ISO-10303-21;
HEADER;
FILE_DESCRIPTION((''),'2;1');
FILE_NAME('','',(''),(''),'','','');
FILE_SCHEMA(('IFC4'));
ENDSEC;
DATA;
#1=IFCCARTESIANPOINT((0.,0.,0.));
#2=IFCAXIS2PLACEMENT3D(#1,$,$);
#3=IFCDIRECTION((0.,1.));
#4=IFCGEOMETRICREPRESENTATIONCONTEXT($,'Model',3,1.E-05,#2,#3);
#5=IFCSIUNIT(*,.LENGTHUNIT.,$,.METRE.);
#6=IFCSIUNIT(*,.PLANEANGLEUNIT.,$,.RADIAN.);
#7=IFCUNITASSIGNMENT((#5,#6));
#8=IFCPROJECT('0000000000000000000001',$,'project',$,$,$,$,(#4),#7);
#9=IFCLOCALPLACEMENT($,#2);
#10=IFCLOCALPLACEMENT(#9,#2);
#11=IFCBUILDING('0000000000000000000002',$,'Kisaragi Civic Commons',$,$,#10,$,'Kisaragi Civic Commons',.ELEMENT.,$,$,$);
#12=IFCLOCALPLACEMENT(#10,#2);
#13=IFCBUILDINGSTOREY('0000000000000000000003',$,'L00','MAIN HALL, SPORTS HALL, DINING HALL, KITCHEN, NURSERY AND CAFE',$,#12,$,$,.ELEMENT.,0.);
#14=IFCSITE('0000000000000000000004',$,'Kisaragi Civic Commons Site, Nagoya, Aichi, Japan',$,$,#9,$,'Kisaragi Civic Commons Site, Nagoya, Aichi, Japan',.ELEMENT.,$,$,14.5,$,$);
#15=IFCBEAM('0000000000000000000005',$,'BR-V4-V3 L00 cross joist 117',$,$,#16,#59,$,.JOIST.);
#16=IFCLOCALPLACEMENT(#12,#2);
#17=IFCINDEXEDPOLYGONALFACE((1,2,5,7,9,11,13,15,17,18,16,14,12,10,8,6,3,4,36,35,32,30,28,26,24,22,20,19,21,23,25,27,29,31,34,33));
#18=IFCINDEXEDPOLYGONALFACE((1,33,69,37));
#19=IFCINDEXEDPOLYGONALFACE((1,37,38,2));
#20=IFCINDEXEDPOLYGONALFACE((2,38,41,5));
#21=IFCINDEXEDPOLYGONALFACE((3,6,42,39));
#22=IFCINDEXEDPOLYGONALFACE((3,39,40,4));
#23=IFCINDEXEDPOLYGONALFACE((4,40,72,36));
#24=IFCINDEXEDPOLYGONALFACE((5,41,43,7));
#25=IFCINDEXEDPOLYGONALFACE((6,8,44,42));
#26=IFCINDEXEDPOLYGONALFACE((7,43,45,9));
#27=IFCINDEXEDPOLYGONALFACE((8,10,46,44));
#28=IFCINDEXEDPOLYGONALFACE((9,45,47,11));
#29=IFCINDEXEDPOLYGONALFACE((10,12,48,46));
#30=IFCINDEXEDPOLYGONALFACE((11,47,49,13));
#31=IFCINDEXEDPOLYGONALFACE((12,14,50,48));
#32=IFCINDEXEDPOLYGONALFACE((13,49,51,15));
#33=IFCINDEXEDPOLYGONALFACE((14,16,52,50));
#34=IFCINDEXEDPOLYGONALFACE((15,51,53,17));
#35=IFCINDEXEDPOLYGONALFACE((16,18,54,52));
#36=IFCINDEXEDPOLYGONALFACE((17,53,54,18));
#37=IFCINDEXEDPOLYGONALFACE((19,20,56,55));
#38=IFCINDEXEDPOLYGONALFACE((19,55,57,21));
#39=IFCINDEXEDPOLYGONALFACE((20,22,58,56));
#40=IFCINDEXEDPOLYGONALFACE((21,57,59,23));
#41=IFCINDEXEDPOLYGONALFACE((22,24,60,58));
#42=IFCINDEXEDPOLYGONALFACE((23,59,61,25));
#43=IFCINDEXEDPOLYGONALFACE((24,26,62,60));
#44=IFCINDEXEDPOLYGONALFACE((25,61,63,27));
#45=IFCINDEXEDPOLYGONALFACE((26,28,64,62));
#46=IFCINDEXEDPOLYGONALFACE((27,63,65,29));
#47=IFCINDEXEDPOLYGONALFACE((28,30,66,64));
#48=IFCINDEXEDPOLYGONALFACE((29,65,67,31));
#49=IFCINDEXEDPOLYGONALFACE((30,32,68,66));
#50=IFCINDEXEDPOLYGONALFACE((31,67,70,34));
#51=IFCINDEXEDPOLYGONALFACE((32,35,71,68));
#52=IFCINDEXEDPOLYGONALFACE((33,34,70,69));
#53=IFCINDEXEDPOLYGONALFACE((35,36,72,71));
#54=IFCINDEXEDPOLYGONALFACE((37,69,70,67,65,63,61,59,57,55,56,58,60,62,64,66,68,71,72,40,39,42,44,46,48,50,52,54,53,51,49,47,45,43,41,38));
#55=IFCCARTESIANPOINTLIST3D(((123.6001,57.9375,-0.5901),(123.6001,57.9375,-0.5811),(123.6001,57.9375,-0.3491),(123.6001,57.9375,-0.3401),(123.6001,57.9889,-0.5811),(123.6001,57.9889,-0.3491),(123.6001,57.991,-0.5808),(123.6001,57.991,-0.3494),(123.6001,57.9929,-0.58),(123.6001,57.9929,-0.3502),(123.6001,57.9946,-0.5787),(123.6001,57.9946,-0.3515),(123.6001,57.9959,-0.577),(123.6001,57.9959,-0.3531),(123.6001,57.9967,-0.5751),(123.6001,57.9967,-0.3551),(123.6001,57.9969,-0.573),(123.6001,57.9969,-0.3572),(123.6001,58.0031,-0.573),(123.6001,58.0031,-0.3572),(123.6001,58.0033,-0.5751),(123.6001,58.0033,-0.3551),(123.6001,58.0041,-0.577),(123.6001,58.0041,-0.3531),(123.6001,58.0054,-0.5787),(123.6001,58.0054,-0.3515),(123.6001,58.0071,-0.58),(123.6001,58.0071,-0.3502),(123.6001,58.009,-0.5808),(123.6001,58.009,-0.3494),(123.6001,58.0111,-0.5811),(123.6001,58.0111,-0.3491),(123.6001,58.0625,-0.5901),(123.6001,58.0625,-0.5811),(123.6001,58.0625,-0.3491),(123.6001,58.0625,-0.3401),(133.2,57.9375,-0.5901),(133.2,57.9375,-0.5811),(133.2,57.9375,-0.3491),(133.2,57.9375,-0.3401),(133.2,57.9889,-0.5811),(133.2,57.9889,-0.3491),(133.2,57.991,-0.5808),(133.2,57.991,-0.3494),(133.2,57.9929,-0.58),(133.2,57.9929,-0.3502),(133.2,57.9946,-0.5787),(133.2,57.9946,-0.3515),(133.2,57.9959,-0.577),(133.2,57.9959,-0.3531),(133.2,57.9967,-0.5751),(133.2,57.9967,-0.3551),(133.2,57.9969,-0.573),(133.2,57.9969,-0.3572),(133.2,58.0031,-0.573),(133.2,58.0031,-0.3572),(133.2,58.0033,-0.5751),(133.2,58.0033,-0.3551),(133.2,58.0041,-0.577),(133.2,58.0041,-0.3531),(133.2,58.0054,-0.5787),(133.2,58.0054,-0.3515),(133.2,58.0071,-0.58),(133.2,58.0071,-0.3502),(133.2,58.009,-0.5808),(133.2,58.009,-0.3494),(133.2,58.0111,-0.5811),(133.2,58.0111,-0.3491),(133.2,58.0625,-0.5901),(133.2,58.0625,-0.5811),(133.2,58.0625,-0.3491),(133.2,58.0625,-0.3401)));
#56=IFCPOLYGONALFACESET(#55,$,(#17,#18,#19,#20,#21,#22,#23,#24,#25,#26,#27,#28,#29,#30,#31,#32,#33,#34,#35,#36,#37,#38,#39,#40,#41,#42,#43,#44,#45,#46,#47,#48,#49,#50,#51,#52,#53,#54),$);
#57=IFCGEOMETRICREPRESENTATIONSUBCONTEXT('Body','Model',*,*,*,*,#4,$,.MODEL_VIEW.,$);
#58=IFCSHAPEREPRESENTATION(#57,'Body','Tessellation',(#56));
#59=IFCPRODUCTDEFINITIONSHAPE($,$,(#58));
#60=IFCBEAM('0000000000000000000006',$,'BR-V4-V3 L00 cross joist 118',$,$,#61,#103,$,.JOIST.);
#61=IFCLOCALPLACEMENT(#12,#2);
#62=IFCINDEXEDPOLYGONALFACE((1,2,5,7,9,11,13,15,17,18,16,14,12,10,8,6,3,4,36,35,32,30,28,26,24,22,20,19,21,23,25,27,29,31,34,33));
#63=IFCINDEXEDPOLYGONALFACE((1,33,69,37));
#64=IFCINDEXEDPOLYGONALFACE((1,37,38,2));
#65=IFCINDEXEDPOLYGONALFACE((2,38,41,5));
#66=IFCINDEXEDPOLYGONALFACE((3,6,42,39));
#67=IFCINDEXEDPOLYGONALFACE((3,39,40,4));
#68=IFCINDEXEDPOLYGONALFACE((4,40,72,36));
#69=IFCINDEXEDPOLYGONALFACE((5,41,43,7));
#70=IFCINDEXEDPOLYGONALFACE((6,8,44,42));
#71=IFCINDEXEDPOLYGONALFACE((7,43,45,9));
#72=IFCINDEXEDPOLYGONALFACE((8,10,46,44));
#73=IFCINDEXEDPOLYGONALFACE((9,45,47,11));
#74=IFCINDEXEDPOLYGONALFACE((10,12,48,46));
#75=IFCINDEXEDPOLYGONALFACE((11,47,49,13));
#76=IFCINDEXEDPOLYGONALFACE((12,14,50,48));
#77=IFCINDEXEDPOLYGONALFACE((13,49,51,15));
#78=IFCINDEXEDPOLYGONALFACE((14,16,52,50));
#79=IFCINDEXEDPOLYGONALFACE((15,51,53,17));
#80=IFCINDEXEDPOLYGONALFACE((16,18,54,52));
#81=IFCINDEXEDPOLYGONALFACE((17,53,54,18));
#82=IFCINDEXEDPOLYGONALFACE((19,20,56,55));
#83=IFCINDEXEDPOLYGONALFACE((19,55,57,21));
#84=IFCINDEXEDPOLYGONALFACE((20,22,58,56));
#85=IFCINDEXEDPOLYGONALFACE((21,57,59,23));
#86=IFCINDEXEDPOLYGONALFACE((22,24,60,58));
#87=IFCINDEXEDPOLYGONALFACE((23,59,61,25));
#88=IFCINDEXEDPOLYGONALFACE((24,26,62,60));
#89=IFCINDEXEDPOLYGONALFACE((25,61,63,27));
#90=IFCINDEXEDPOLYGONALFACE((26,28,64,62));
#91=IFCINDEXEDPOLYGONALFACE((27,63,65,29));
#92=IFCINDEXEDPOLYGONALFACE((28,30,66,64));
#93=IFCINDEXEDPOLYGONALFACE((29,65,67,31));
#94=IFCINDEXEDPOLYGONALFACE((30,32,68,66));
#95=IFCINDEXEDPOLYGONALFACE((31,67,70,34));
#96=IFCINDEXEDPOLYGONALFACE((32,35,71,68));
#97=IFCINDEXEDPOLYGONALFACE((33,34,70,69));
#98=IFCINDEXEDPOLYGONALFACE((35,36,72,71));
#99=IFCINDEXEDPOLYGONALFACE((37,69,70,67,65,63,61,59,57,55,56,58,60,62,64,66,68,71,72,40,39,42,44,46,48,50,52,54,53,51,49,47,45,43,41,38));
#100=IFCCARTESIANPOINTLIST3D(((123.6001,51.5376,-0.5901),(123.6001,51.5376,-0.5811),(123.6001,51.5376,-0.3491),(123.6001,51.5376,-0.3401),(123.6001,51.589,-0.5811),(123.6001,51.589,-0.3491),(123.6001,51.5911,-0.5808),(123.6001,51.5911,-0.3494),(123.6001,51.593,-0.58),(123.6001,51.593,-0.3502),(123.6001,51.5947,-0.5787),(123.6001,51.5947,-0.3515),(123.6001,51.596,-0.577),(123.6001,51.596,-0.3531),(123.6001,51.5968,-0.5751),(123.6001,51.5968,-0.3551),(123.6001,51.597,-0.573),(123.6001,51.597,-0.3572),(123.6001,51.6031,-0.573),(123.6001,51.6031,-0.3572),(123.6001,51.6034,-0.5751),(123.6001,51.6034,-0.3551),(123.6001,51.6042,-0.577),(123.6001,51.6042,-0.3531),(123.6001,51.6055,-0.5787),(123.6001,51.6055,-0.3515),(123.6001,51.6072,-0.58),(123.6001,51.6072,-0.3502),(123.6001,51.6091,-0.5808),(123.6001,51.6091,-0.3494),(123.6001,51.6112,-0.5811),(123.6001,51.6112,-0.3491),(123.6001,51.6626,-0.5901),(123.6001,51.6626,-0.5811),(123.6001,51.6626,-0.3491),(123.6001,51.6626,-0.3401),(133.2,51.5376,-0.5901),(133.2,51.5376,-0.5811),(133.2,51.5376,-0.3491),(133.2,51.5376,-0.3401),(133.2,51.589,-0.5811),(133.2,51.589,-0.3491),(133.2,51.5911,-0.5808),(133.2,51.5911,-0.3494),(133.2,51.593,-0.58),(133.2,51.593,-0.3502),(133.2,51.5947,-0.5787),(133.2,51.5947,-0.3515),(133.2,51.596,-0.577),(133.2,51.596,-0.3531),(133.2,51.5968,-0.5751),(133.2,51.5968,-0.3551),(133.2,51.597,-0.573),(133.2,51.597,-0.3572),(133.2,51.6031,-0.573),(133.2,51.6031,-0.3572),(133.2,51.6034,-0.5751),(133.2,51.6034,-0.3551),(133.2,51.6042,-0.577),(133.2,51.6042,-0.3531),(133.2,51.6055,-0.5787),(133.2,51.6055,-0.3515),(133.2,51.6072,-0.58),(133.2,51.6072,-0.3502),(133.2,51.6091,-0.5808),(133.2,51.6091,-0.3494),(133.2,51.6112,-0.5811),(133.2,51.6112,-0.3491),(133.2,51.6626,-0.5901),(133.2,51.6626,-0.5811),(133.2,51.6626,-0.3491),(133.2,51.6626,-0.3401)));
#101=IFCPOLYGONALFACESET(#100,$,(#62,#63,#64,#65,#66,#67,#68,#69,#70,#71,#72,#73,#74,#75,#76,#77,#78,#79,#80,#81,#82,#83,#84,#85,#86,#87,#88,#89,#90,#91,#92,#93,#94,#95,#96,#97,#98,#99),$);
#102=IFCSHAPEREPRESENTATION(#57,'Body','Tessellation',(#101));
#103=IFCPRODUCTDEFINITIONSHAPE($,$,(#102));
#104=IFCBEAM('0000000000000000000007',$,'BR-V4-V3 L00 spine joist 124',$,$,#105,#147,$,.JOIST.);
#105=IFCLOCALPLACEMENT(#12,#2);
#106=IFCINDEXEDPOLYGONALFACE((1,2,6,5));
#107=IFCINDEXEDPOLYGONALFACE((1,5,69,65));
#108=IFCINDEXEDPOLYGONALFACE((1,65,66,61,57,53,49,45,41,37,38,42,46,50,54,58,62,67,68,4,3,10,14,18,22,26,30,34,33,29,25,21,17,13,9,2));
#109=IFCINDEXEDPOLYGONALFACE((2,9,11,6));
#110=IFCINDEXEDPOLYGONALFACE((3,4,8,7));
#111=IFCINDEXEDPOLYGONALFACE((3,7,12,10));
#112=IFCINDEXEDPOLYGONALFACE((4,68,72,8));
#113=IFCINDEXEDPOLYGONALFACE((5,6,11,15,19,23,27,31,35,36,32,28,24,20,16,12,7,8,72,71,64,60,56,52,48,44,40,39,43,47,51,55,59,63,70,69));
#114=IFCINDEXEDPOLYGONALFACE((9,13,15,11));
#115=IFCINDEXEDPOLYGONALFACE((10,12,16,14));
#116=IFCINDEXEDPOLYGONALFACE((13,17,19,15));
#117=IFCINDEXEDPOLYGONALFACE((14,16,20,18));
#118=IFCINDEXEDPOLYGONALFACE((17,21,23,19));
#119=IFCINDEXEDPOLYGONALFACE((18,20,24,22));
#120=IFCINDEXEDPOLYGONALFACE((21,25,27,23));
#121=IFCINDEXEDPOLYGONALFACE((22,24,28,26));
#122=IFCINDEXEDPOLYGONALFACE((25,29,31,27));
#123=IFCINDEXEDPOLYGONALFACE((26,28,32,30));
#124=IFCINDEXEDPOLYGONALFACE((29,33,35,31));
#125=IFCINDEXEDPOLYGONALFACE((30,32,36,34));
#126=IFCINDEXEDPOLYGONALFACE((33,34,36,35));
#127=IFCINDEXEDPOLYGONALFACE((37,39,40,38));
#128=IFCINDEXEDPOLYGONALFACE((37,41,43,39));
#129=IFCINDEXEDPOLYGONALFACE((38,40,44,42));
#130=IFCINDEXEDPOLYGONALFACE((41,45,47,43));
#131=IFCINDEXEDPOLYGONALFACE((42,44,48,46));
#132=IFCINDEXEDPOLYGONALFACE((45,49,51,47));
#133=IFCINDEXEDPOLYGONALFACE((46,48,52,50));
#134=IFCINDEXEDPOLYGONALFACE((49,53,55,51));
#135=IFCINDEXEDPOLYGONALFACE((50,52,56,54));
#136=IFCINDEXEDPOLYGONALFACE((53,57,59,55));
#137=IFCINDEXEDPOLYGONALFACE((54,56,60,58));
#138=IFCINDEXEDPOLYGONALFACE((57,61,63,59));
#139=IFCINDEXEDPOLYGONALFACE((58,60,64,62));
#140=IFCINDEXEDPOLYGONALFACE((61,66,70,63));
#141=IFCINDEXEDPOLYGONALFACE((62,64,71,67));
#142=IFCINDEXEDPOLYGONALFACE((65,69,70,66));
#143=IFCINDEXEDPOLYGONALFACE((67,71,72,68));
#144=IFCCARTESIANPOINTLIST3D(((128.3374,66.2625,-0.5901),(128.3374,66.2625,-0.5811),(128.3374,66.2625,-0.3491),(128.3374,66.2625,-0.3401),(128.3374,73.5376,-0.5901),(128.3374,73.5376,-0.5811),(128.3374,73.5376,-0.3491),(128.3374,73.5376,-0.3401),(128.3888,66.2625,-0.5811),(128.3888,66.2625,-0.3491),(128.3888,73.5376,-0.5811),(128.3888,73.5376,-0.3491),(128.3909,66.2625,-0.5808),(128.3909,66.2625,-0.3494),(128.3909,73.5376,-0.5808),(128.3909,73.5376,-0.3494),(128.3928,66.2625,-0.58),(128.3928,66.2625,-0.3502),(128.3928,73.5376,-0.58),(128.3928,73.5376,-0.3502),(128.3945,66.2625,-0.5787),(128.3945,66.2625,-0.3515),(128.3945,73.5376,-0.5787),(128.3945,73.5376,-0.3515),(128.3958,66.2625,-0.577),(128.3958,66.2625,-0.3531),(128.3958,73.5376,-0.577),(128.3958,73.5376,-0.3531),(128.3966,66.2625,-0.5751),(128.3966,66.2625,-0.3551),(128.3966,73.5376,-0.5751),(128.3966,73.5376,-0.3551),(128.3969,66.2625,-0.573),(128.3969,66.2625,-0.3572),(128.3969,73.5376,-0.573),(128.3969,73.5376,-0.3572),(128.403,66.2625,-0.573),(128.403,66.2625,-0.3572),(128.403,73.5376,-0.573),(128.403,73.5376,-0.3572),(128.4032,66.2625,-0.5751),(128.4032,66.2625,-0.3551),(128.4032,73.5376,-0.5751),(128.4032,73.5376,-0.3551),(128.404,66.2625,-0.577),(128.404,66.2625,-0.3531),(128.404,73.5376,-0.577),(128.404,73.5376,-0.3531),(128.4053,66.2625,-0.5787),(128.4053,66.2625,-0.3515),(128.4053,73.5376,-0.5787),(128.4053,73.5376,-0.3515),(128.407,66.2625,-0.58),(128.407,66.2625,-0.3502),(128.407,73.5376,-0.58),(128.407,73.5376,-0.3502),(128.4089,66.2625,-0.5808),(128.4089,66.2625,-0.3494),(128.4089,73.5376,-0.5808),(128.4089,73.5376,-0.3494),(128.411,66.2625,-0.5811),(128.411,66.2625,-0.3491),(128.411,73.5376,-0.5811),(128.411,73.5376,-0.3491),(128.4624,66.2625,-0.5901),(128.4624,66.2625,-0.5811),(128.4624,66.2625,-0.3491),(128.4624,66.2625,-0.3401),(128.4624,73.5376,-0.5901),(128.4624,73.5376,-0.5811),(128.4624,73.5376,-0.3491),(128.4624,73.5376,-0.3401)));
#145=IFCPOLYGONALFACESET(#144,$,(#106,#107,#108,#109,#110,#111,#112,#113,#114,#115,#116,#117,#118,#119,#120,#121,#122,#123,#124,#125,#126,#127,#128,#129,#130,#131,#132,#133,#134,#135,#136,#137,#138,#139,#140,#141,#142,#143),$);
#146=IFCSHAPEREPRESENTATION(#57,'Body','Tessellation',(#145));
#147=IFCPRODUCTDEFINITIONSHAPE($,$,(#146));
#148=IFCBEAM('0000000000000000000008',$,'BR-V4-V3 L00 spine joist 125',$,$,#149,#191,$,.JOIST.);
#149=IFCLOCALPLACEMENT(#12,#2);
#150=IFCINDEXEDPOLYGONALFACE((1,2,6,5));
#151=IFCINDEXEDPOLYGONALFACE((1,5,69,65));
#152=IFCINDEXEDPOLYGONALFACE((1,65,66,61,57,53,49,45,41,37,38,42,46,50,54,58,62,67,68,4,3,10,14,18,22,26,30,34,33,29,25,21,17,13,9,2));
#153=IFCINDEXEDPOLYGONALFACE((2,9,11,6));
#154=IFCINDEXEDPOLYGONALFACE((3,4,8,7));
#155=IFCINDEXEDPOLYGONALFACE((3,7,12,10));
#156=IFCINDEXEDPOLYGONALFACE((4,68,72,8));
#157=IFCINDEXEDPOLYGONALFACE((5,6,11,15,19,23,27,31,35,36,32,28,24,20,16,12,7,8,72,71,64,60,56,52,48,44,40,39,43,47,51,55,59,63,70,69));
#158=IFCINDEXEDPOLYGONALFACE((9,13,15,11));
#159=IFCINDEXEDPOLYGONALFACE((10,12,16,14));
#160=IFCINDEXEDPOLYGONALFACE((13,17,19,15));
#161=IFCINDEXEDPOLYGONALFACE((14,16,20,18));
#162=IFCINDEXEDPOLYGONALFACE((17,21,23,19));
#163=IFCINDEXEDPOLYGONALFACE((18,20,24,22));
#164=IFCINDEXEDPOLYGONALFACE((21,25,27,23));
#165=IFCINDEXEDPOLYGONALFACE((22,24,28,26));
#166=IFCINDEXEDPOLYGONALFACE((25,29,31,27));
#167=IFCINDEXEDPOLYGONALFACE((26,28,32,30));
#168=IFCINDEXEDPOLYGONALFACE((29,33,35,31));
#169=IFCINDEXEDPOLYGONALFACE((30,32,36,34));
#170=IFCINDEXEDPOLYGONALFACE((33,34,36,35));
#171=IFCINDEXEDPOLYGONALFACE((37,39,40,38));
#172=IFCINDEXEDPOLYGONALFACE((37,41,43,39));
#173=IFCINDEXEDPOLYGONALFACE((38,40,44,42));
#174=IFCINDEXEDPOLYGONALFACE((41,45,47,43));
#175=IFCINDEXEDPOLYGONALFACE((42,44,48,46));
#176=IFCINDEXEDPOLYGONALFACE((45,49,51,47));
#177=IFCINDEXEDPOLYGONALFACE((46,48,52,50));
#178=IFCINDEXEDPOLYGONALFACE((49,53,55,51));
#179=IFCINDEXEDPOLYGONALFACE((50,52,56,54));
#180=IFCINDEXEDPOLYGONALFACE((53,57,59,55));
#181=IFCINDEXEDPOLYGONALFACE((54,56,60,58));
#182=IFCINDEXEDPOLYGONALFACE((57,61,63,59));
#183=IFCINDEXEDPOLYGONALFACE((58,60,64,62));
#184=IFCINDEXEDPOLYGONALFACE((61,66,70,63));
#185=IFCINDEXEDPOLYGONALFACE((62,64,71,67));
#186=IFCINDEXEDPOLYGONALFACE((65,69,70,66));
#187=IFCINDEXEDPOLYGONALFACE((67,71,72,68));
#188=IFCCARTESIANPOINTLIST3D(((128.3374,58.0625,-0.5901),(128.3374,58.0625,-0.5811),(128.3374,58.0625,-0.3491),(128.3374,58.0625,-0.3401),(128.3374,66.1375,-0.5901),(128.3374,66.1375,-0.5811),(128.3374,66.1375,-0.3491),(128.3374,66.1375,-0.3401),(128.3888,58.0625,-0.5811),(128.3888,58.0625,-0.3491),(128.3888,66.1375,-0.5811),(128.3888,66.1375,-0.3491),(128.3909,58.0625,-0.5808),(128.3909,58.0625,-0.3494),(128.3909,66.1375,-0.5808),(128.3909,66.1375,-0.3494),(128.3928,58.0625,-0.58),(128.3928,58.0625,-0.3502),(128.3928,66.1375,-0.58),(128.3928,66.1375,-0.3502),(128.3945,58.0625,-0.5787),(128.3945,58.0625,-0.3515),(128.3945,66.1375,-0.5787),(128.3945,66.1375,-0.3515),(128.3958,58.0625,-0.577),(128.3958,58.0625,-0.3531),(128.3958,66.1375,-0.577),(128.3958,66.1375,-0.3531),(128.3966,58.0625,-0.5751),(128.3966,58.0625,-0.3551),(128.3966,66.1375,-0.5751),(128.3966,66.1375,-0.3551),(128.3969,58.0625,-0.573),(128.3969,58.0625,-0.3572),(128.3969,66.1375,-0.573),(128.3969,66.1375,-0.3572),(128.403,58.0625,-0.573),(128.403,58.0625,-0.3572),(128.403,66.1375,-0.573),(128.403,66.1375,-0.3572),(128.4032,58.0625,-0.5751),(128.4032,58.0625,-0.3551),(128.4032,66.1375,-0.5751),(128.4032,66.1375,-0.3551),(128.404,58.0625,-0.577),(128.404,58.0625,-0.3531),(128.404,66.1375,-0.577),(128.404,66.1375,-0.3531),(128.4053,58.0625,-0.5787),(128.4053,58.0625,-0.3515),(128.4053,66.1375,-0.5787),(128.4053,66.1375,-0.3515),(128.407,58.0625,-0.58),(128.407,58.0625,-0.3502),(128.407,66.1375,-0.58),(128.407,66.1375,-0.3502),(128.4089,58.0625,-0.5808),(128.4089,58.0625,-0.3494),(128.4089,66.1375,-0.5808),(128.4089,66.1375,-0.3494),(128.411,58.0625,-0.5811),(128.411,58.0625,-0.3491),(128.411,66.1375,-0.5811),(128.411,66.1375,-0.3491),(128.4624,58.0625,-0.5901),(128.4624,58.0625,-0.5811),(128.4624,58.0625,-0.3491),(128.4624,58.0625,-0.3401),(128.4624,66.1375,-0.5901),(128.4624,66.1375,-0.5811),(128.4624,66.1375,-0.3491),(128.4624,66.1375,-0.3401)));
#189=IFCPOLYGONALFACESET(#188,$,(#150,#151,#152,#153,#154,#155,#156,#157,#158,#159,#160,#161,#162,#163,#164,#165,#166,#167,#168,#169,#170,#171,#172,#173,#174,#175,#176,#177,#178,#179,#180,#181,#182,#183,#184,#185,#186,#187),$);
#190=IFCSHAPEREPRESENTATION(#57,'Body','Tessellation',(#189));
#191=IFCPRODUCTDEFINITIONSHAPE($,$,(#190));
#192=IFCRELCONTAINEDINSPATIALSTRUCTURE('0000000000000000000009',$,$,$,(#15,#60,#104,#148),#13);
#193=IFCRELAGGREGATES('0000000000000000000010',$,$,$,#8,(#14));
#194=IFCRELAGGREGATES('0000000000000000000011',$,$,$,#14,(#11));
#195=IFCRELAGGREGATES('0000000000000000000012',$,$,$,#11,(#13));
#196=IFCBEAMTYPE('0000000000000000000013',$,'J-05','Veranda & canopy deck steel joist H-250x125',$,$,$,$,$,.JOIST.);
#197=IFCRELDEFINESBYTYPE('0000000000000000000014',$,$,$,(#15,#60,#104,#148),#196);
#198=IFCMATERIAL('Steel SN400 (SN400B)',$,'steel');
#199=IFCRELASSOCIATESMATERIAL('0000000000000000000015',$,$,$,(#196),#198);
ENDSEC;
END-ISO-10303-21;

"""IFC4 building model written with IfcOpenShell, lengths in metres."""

from ifc_helpers import new_model, si_unit, direction, frame, origin, origin_2d, place, context, subcontext, project, spatial, i_section, extrude, material, material_profile, profile_set, type_object, element, save


model = new_model("IFC4")

# Units and contexts
model_context = context("Model", 3, precision=1e-05, world=origin(), true_north=direction((0.0, 1.0)))
body_context = subcontext(model_context, "Body", "Model", "MODEL_VIEW")
ifc_project = project(units=[si_unit("LENGTHUNIT", "METRE"), si_unit("PLANEANGLEUNIT", "RADIAN")], contexts=[model_context])

# Site, building, storey
site_placement = place(None, origin())
site = spatial("IfcSite", under=ifc_project, at=site_placement, Name="Kisaragi Civic Commons Site, Nagoya, Aichi, Japan", LongName="Kisaragi Civic Commons Site, Nagoya, Aichi, Japan", CompositionType="ELEMENT", RefElevation=14.5)
building_placement = place(site_placement, origin())
building = spatial("IfcBuilding", under=site, at=building_placement, Name="Kisaragi Civic Commons", LongName="Kisaragi Civic Commons", CompositionType="ELEMENT")
storey_placement = place(building_placement, origin())
storey = spatial("IfcBuildingStorey", under=building, at=storey_placement, Name="L00", Description="MAIN HALL, SPORTS HALL, DINING HALL, KITCHEN, NURSERY AND CAFE", CompositionType="ELEMENT", Elevation=0.0)

# Beams
ifc_material_1 = material(Name="Steel SN400 (SN400B)", Category="steel")
ifc_material_profile_1 = material_profile(ifc_material_1, i_section(OverallWidth=0.125, OverallDepth=0.25, WebThickness=0.0061, FlangeThickness=0.009, FilletRadius=0.0081, at=origin_2d()), Name="H-250x125x6x9", Category="steel")
ifc_profile_set_1 = profile_set([ifc_material_profile_1], Name="Steel SN400 (SN400B)")
beam_type_1 = type_object("IfcBeamType", Name="J-05", Description="Veranda & canopy deck steel joist H-250x125", PredefinedType="JOIST", material=ifc_profile_set_1)
for number, where, z_axis, x_axis, name in (
    (1, (123.6001, 58.0, -0.4651), (1.0, 0.0, 0.0), (0.0, 1.0, 0.0), "BR-V4-V3 L00 cross joist 117"),
    (2, (123.6001, 51.6001, -0.4651), (1.0, 0.0, 0.0), (0.0, 1.0, 0.0), "BR-V4-V3 L00 cross joist 118"),
):
    element("IfcBeam", number, at=place(storey_placement, frame(where, z_axis=z_axis, x_axis=x_axis)), inside=storey, type_object=beam_type_1, Name=name, PredefinedType="JOIST", context=body_context, shape_type="SweptSolid", body=[
        extrude(i_section(OverallWidth=0.125, OverallDepth=0.25, WebThickness=0.0061, FlangeThickness=0.009, FilletRadius=0.0081, at=origin_2d()), origin(), (0.0, 0.0, 1.0), 9.5999),
    ])
beam_1_placement = place(storey_placement, frame((128.3999, 73.5376, -0.4651), z_axis=(0.0, -1.0, 0.0), x_axis=(1.0, 0.0, 0.0)))
element("IfcBeam", 3, at=beam_1_placement, inside=storey, type_object=beam_type_1, Name="BR-V4-V3 L00 spine joist 124", PredefinedType="JOIST", context=body_context, shape_type="SweptSolid", body=[
    extrude(i_section(OverallWidth=0.125, OverallDepth=0.25, WebThickness=0.0061, FlangeThickness=0.009, FilletRadius=0.0081, at=origin_2d()), origin(), (0.0, 0.0, 1.0), 7.2751),
])
beam_2_placement = place(storey_placement, frame((128.3999, 66.1375, -0.4651), z_axis=(0.0, -1.0, 0.0), x_axis=(1.0, 0.0, 0.0)))
element("IfcBeam", 4, at=beam_2_placement, inside=storey, type_object=beam_type_1, Name="BR-V4-V3 L00 spine joist 125", PredefinedType="JOIST", context=body_context, shape_type="SweptSolid", body=[
    extrude(i_section(OverallWidth=0.125, OverallDepth=0.25, WebThickness=0.0061, FlangeThickness=0.009, FilletRadius=0.0081, at=origin_2d()), origin(), (0.0, 0.0, 1.0), 8.075),
])

save(model, "model.ifc")
